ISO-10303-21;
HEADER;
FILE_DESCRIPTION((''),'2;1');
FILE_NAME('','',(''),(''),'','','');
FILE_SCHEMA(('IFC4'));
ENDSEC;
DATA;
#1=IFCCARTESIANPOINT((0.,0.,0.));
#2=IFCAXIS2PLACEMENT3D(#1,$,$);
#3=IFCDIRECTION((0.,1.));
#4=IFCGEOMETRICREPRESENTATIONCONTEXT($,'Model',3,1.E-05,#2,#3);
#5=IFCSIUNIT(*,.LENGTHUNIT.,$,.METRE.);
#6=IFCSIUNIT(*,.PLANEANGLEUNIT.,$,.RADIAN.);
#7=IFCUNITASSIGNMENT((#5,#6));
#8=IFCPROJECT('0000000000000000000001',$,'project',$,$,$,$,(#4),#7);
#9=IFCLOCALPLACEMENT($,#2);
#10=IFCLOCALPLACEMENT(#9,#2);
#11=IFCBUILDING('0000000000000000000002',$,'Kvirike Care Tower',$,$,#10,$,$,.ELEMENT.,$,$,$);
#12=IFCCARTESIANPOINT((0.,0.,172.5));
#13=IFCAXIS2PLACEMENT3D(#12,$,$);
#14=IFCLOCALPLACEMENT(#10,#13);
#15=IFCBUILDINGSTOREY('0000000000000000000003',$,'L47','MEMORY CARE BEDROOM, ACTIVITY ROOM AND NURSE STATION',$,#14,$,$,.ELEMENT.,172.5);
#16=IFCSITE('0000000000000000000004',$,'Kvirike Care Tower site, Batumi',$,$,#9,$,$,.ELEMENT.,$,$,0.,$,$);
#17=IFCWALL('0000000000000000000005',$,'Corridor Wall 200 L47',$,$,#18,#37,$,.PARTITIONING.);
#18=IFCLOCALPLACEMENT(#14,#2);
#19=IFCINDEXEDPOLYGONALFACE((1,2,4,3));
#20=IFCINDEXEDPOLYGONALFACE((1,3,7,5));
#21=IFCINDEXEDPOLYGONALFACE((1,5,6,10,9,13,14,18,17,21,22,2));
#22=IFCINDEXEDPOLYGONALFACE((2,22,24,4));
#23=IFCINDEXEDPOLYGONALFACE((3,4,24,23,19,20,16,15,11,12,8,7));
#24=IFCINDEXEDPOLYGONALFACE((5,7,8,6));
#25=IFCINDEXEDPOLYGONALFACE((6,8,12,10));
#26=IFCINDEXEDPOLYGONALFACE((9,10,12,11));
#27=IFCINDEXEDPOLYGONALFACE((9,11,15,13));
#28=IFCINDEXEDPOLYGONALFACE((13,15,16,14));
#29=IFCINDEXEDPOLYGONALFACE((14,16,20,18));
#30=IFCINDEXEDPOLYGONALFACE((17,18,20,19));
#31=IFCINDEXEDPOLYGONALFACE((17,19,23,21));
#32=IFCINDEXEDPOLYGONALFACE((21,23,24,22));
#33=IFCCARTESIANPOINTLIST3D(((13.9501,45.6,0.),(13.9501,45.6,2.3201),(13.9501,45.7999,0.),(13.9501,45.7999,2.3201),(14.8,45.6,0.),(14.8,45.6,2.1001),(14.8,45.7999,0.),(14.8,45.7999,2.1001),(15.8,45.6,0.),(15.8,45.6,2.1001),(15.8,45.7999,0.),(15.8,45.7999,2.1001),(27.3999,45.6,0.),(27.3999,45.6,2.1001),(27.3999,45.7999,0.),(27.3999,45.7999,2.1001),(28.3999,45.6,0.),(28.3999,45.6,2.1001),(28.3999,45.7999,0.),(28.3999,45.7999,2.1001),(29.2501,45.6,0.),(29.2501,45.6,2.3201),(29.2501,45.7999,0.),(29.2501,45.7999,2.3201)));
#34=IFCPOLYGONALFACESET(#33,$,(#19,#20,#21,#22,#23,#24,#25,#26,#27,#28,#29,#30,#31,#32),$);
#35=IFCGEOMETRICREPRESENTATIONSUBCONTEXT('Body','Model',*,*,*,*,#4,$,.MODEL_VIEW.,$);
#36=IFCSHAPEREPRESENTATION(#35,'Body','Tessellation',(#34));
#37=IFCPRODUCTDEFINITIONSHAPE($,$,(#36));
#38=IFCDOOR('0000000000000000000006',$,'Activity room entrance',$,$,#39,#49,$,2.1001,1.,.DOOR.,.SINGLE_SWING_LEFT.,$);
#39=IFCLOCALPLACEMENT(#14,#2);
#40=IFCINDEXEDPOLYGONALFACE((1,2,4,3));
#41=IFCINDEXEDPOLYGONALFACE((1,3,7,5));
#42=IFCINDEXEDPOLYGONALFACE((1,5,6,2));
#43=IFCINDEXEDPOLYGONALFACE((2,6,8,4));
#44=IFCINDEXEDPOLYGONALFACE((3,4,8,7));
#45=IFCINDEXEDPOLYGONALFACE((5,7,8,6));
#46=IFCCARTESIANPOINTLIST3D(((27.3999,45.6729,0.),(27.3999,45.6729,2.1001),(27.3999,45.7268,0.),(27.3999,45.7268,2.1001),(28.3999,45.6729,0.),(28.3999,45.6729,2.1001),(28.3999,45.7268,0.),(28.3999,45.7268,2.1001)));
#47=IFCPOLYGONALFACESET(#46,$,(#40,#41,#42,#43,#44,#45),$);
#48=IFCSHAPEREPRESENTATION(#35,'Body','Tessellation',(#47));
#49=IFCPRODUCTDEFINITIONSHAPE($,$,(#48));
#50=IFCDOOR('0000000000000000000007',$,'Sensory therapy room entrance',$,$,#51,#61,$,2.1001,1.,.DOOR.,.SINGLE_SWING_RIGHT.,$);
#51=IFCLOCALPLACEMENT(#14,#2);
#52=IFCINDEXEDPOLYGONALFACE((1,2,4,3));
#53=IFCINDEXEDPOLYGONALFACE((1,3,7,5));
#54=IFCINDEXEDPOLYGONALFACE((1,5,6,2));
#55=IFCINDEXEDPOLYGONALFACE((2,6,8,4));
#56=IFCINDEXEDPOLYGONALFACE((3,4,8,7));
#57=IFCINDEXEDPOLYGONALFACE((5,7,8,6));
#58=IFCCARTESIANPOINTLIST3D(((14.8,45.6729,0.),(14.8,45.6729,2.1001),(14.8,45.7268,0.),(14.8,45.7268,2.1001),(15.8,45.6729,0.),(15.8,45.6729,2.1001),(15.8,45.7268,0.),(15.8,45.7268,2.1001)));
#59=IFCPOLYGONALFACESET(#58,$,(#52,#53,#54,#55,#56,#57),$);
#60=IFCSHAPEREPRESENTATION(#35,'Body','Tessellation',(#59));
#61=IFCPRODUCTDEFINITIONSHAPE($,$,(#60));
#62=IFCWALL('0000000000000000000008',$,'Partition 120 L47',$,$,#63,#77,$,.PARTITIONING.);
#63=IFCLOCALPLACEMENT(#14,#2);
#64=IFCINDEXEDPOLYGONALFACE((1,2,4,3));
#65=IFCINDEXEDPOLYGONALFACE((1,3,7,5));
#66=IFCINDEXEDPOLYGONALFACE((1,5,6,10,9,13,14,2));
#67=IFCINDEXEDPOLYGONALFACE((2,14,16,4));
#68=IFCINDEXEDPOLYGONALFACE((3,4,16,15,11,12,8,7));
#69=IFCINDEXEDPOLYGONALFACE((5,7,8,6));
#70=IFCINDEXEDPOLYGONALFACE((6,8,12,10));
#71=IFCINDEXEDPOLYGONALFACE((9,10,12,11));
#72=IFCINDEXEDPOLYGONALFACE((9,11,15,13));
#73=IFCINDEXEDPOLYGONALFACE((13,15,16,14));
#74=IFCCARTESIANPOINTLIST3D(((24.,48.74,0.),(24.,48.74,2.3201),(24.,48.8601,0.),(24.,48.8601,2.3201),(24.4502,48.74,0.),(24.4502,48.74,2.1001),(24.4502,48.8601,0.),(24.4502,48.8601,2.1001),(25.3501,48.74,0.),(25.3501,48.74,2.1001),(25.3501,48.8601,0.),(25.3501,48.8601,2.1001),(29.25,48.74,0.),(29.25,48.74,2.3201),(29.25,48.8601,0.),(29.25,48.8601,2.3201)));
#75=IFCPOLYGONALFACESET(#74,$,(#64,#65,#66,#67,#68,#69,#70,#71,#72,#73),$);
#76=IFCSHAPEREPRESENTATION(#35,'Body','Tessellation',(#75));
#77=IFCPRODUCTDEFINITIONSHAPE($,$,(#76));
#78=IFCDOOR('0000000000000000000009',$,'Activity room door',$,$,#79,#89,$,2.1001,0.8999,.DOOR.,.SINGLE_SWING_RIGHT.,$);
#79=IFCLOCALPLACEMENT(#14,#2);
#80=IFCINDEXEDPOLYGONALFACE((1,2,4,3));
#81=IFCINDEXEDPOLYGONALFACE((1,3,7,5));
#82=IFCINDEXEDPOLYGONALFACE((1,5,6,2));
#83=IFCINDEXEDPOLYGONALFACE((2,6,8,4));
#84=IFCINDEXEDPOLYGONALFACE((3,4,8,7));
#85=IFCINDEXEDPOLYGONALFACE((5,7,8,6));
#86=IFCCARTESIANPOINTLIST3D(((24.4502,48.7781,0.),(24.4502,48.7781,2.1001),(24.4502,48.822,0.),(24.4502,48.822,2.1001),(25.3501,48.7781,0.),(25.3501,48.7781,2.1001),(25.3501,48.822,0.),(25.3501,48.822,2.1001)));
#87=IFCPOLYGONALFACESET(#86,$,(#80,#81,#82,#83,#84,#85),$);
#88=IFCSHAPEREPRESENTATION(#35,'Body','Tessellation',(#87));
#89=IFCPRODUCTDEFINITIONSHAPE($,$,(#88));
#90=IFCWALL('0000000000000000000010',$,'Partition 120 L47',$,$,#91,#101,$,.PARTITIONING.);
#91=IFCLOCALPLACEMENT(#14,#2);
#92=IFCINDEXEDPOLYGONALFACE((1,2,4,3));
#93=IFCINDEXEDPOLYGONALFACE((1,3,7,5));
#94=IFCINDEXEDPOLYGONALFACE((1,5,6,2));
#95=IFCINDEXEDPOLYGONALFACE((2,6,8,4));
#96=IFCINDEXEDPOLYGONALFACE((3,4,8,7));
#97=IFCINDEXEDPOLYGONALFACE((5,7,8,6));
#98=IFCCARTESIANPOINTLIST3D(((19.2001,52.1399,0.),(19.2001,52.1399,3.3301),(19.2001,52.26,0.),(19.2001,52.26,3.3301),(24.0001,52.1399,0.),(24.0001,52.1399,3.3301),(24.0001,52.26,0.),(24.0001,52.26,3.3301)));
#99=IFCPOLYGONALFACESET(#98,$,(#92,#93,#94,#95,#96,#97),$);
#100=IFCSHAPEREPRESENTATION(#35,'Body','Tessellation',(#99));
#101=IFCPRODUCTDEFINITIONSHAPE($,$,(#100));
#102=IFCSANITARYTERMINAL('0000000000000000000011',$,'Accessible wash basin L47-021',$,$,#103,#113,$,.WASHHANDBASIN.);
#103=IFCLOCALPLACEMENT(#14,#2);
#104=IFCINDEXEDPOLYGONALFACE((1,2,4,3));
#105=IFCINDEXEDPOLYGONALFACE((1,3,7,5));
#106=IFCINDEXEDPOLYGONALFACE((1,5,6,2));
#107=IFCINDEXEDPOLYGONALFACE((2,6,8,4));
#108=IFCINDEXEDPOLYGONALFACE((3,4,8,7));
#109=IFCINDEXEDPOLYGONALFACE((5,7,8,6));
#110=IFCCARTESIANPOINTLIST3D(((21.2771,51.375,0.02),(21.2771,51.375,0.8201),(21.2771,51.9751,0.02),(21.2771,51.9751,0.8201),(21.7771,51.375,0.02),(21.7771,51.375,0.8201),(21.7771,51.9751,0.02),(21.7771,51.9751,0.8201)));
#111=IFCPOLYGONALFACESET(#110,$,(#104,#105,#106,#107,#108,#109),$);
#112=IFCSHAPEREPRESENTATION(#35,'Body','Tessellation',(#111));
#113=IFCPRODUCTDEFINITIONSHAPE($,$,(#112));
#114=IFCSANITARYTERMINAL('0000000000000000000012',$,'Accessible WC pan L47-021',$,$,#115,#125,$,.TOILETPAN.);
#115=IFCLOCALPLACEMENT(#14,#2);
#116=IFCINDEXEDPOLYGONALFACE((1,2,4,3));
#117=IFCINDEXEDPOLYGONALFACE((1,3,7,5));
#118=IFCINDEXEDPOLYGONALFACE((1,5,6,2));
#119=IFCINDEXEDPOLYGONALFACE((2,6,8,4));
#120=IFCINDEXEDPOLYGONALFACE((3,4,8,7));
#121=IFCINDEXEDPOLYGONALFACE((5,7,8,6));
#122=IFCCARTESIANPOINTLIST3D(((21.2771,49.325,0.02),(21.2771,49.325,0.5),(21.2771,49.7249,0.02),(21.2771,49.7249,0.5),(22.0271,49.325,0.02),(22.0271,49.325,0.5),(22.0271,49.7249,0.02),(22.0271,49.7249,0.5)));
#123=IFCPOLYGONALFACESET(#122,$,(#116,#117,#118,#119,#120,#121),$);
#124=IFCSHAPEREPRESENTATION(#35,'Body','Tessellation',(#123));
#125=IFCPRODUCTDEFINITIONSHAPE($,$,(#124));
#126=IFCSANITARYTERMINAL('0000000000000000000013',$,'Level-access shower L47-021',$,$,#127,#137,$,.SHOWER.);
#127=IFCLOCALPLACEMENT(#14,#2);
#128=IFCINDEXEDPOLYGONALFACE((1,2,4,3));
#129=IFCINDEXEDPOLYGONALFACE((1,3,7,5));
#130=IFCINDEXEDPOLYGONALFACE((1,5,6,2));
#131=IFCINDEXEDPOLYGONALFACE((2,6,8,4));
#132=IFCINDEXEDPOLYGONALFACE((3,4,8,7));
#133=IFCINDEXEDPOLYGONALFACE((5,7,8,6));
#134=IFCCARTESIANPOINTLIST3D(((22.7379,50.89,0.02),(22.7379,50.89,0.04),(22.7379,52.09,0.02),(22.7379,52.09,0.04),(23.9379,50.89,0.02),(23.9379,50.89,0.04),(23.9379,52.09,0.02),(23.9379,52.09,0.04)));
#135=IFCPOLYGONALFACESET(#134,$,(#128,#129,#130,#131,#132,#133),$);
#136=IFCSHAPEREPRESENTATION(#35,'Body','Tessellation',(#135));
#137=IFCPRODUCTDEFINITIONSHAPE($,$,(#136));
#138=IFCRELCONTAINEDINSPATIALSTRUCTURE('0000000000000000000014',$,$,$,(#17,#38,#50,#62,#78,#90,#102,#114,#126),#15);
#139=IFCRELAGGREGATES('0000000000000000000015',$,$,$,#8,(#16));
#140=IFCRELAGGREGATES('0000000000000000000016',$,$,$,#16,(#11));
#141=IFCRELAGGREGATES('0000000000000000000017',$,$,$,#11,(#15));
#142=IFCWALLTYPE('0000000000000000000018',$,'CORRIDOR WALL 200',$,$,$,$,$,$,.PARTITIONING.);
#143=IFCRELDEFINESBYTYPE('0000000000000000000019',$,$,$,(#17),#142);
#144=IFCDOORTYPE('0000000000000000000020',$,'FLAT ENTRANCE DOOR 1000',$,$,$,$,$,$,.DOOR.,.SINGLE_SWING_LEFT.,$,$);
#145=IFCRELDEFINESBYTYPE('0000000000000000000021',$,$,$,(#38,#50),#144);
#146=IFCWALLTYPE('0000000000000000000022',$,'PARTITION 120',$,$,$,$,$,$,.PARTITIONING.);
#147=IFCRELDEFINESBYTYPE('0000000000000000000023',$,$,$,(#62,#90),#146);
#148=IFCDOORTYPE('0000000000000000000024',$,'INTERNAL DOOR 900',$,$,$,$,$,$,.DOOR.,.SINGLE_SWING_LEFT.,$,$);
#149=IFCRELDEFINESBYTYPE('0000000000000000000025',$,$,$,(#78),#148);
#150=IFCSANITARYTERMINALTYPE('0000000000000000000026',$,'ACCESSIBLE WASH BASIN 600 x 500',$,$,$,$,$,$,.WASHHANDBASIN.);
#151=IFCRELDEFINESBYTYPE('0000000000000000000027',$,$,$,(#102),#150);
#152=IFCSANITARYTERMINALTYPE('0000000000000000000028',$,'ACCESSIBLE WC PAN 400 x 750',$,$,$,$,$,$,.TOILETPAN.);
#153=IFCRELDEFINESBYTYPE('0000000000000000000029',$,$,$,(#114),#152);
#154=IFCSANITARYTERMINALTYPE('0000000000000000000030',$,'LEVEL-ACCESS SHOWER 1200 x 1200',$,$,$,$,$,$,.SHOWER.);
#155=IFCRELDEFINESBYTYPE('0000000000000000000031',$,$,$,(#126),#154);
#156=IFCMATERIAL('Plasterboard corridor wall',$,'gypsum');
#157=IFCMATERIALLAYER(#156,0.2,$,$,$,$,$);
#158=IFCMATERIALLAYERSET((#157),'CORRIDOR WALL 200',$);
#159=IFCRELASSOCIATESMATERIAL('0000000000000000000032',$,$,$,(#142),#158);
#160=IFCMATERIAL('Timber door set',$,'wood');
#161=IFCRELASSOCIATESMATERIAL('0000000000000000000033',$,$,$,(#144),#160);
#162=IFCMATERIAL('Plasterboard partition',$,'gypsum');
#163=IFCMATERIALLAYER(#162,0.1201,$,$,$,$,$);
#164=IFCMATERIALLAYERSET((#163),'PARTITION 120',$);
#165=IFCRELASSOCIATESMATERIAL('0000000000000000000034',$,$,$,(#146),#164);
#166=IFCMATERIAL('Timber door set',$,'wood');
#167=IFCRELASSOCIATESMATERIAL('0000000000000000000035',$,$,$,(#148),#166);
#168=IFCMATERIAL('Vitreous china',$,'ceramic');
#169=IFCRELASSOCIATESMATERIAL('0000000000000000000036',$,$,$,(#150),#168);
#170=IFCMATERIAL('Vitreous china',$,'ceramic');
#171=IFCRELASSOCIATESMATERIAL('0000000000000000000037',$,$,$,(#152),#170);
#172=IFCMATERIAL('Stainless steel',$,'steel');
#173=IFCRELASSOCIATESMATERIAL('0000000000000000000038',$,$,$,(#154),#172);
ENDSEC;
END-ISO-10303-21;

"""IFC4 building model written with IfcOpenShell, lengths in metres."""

from ifc_helpers import new_model, si_unit, direction, frame, frame_2d, origin, origin_2d, place, context, subcontext, project, spatial, rectangle, extrude, material, layer, layer_set, type_object, element, fill, save


model = new_model("IFC4")

# Units and contexts
model_context = context("Model", 3, precision=1e-05, world=origin(), true_north=direction((0.0, 1.0)))
body_context = subcontext(model_context, "Body", "Model", "MODEL_VIEW")
ifc_project = project(units=[si_unit("LENGTHUNIT", "METRE"), si_unit("PLANEANGLEUNIT", "RADIAN")], contexts=[model_context])

# Site, building, storey
site_placement = place(None, origin())
site = spatial("IfcSite", under=ifc_project, at=site_placement, Name="Kvirike Care Tower site, Batumi", CompositionType="ELEMENT", RefElevation=0.0)
building_placement = place(site_placement, origin())
building = spatial("IfcBuilding", under=site, at=building_placement, Name="Kvirike Care Tower", CompositionType="ELEMENT")
storey_placement = place(building_placement, frame((0.0, 0.0, 172.5)))
storey = spatial("IfcBuildingStorey", under=building, at=storey_placement, Name="L47", Description="MEMORY CARE BEDROOM, ACTIVITY ROOM AND NURSE STATION", CompositionType="ELEMENT", Elevation=172.5)

# Wall, openings, doors
ifc_material_1 = material(Name="Plasterboard corridor wall", Category="gypsum")
ifc_layer_1 = layer(ifc_material_1, 0.2)
ifc_layer_set_1 = layer_set([ifc_layer_1], Name="CORRIDOR WALL 200")
wall_type_1 = type_object("IfcWallType", Name="CORRIDOR WALL 200", PredefinedType="PARTITIONING", material=ifc_layer_set_1)
wall_1_placement = place(storey_placement, frame((29.25, 45.7, 0.0), z_axis=(0.0, 0.0, 1.0), x_axis=(-1.0, 0.0, 0.0)))
wall_1 = element("IfcWall", 1, at=wall_1_placement, inside=storey, type_object=wall_type_1, Name="Corridor Wall 200 L47", PredefinedType="PARTITIONING", context=body_context, shape_type="SweptSolid", body=[
    extrude(rectangle(XDim=15.3, YDim=0.2, at=frame_2d((7.6499, 0.0))), origin(), (0.0, 0.0, 1.0), 2.3201),
])
opening_1_placement = place(wall_1_placement, frame((0.8501, 0.0, 0.0)))
opening_1 = element("IfcOpeningElement", 2, at=opening_1_placement, cuts=wall_1, PredefinedType="OPENING", context=body_context, shape_type="SweptSolid", body=[
    extrude(rectangle(XDim=1.0, YDim=2.1001, at=frame_2d((0.5, 1.05))), frame((0.0, 0.1106, 0.0), z_axis=(0.0, -1.0, 0.0), x_axis=(1.0, 0.0, 0.0)), (0.0, 0.0, 1.0), 0.2209),
])
opening_2_placement = place(wall_1_placement, frame((13.45, 0.0, 0.0)))
opening_2 = element("IfcOpeningElement", 3, at=opening_2_placement, cuts=wall_1, PredefinedType="OPENING", context=body_context, shape_type="SweptSolid", body=[
    extrude(rectangle(XDim=1.0, YDim=2.1001, at=frame_2d((0.5, 1.05))), frame((0.0, 0.1106, 0.0), z_axis=(0.0, -1.0, 0.0), x_axis=(1.0, 0.0, 0.0)), (0.0, 0.0, 1.0), 0.2209),
])
ifc_material_2 = material(Name="Timber door set", Category="wood")
door_type_1 = type_object("IfcDoorType", Name="FLAT ENTRANCE DOOR 1000", OperationType="SINGLE_SWING_LEFT", PredefinedType="DOOR", material=ifc_material_2)
door_1_placement = place(opening_1_placement, frame((1.0, 0.0, 0.0), z_axis=(0.0, 0.0, 1.0), x_axis=(-1.0, 0.0, 0.0)))
door_1 = element("IfcDoor", 4, at=door_1_placement, inside=storey, type_object=door_type_1, Name="Activity room entrance", OperationType="SINGLE_SWING_LEFT", OverallHeight=2.1001, OverallWidth=1.0, PredefinedType="DOOR", context=body_context, shape_type="SweptSolid", body=[
    extrude(rectangle(XDim=1.0, YDim=2.1001, at=frame_2d((0.5, 1.05))), frame((0.0, 0.0269, 0.0), z_axis=(0.0, -1.0, 0.0), x_axis=(1.0, 0.0, 0.0)), (0.0, 0.0, 1.0), 0.054),
])
fill(opening_1, door_1)
door_2_placement = place(opening_2_placement, frame((1.0, 0.0, 0.0), z_axis=(0.0, 0.0, 1.0), x_axis=(-1.0, 0.0, 0.0)))
door_2 = element("IfcDoor", 5, at=door_2_placement, inside=storey, type_object=door_type_1, Name="Sensory therapy room entrance", OperationType="SINGLE_SWING_RIGHT", OverallHeight=2.1001, OverallWidth=1.0, PredefinedType="DOOR", context=body_context, shape_type="SweptSolid", body=[
    extrude(rectangle(XDim=1.0, YDim=2.1001, at=frame_2d((0.5, 1.05))), frame((0.0, 0.0269, 0.0), z_axis=(0.0, -1.0, 0.0), x_axis=(1.0, 0.0, 0.0)), (0.0, 0.0, 1.0), 0.054),
])
fill(opening_2, door_2)

# Wall, opening, door
ifc_material_3 = material(Name="Plasterboard partition", Category="gypsum")
ifc_layer_2 = layer(ifc_material_3, 0.1201)
ifc_layer_set_2 = layer_set([ifc_layer_2], Name="PARTITION 120")
wall_type_2 = type_object("IfcWallType", Name="PARTITION 120", PredefinedType="PARTITIONING", material=ifc_layer_set_2)
wall_2_placement = place(storey_placement, frame((29.25, 48.8, 0.0), z_axis=(0.0, 0.0, 1.0), x_axis=(-1.0, 0.0, 0.0)))
wall_2 = element("IfcWall", 6, at=wall_2_placement, inside=storey, type_object=wall_type_2, Name="Partition 120 L47", PredefinedType="PARTITIONING", context=body_context, shape_type="SweptSolid", body=[
    extrude(rectangle(XDim=5.25, YDim=0.1201, at=frame_2d((2.625, 0.0))), origin(), (0.0, 0.0, 1.0), 2.3201),
])
opening_3_placement = place(wall_2_placement, frame((3.8999, 0.0, 0.0)))
opening_3 = element("IfcOpeningElement", 7, at=opening_3_placement, cuts=wall_2, PredefinedType="OPENING", context=body_context, shape_type="SweptSolid", body=[
    extrude(rectangle(XDim=0.8999, YDim=2.1001, at=frame_2d((0.45, 1.05))), frame((0.0, 0.0706, 0.0), z_axis=(0.0, -1.0, 0.0), x_axis=(1.0, 0.0, 0.0)), (0.0, 0.0, 1.0), 0.1411),
])
ifc_material_4 = material(Name="Timber door set", Category="wood")
door_type_2 = type_object("IfcDoorType", Name="INTERNAL DOOR 900", OperationType="SINGLE_SWING_LEFT", PredefinedType="DOOR", material=ifc_material_4)
door_3_placement = place(opening_3_placement, origin())
door_3 = element("IfcDoor", 8, at=door_3_placement, inside=storey, type_object=door_type_2, Name="Activity room door", OperationType="SINGLE_SWING_RIGHT", OverallHeight=2.1001, OverallWidth=0.8999, PredefinedType="DOOR", context=body_context, shape_type="SweptSolid", body=[
    extrude(rectangle(XDim=0.8999, YDim=2.1001, at=frame_2d((0.45, 1.05))), frame((0.0, 0.022, 0.0), z_axis=(0.0, -1.0, 0.0), x_axis=(1.0, 0.0, 0.0)), (0.0, 0.0, 1.0), 0.0439),
])
fill(opening_3, door_3)

# Wall
wall_3_placement = place(storey_placement, frame((24.0, 52.2, 0.0), z_axis=(0.0, 0.0, 1.0), x_axis=(-1.0, 0.0, 0.0)))
element("IfcWall", 9, at=wall_3_placement, inside=storey, type_object=wall_type_2, Name="Partition 120 L47", PredefinedType="PARTITIONING", context=body_context, shape_type="SweptSolid", body=[
    extrude(rectangle(XDim=4.8, YDim=0.1201, at=frame_2d((2.3999, 0.0))), origin(), (0.0, 0.0, 1.0), 3.3301),
])

# Sanitary terminals
ifc_material_5 = material(Name="Vitreous china", Category="ceramic")
sanitary_terminal_type_1 = type_object("IfcSanitaryTerminalType", Name="ACCESSIBLE WASH BASIN 600 x 500", PredefinedType="WASHHANDBASIN", material=ifc_material_5)
sanitary_terminal_1_placement = place(storey_placement, frame((21.5271, 51.675, 0.02), z_axis=(0.0, 0.0, 1.0), x_axis=(0.0, 1.0, 0.0)))
element("IfcSanitaryTerminal", 10, at=sanitary_terminal_1_placement, inside=storey, type_object=sanitary_terminal_type_1, Name="Accessible wash basin L47-021", PredefinedType="WASHHANDBASIN", context=body_context, shape_type="SweptSolid", body=[
    extrude(rectangle(XDim=0.6001, YDim=0.5, at=origin_2d()), origin(), (0.0, 0.0, 1.0), 0.8),
])
ifc_material_6 = material(Name="Vitreous china", Category="ceramic")
sanitary_terminal_type_2 = type_object("IfcSanitaryTerminalType", Name="ACCESSIBLE WC PAN 400 x 750", PredefinedType="TOILETPAN", material=ifc_material_6)
sanitary_terminal_2_placement = place(storey_placement, frame((21.6521, 49.5249, 0.02), z_axis=(0.0, 0.0, 1.0), x_axis=(0.0, 1.0, 0.0)))
element("IfcSanitaryTerminal", 11, at=sanitary_terminal_2_placement, inside=storey, type_object=sanitary_terminal_type_2, Name="Accessible WC pan L47-021", PredefinedType="TOILETPAN", context=body_context, shape_type="SweptSolid", body=[
    extrude(rectangle(XDim=0.3999, YDim=0.75, at=origin_2d()), origin(), (0.0, 0.0, 1.0), 0.48),
])
ifc_material_7 = material(Name="Stainless steel", Category="steel")
sanitary_terminal_type_3 = type_object("IfcSanitaryTerminalType", Name="LEVEL-ACCESS SHOWER 1200 x 1200", PredefinedType="SHOWER", material=ifc_material_7)
sanitary_terminal_3_placement = place(storey_placement, frame((23.3379, 51.49, 0.02), z_axis=(0.0, 0.0, 1.0), x_axis=(0.0, -1.0, 0.0)))
element("IfcSanitaryTerminal", 12, at=sanitary_terminal_3_placement, inside=storey, type_object=sanitary_terminal_type_3, Name="Level-access shower L47-021", PredefinedType="SHOWER", context=body_context, shape_type="SweptSolid", body=[
    extrude(rectangle(XDim=1.2, YDim=1.2, at=origin_2d()), origin(), (0.0, 0.0, 1.0), 0.02),
])

save(model, "model.ifc")
